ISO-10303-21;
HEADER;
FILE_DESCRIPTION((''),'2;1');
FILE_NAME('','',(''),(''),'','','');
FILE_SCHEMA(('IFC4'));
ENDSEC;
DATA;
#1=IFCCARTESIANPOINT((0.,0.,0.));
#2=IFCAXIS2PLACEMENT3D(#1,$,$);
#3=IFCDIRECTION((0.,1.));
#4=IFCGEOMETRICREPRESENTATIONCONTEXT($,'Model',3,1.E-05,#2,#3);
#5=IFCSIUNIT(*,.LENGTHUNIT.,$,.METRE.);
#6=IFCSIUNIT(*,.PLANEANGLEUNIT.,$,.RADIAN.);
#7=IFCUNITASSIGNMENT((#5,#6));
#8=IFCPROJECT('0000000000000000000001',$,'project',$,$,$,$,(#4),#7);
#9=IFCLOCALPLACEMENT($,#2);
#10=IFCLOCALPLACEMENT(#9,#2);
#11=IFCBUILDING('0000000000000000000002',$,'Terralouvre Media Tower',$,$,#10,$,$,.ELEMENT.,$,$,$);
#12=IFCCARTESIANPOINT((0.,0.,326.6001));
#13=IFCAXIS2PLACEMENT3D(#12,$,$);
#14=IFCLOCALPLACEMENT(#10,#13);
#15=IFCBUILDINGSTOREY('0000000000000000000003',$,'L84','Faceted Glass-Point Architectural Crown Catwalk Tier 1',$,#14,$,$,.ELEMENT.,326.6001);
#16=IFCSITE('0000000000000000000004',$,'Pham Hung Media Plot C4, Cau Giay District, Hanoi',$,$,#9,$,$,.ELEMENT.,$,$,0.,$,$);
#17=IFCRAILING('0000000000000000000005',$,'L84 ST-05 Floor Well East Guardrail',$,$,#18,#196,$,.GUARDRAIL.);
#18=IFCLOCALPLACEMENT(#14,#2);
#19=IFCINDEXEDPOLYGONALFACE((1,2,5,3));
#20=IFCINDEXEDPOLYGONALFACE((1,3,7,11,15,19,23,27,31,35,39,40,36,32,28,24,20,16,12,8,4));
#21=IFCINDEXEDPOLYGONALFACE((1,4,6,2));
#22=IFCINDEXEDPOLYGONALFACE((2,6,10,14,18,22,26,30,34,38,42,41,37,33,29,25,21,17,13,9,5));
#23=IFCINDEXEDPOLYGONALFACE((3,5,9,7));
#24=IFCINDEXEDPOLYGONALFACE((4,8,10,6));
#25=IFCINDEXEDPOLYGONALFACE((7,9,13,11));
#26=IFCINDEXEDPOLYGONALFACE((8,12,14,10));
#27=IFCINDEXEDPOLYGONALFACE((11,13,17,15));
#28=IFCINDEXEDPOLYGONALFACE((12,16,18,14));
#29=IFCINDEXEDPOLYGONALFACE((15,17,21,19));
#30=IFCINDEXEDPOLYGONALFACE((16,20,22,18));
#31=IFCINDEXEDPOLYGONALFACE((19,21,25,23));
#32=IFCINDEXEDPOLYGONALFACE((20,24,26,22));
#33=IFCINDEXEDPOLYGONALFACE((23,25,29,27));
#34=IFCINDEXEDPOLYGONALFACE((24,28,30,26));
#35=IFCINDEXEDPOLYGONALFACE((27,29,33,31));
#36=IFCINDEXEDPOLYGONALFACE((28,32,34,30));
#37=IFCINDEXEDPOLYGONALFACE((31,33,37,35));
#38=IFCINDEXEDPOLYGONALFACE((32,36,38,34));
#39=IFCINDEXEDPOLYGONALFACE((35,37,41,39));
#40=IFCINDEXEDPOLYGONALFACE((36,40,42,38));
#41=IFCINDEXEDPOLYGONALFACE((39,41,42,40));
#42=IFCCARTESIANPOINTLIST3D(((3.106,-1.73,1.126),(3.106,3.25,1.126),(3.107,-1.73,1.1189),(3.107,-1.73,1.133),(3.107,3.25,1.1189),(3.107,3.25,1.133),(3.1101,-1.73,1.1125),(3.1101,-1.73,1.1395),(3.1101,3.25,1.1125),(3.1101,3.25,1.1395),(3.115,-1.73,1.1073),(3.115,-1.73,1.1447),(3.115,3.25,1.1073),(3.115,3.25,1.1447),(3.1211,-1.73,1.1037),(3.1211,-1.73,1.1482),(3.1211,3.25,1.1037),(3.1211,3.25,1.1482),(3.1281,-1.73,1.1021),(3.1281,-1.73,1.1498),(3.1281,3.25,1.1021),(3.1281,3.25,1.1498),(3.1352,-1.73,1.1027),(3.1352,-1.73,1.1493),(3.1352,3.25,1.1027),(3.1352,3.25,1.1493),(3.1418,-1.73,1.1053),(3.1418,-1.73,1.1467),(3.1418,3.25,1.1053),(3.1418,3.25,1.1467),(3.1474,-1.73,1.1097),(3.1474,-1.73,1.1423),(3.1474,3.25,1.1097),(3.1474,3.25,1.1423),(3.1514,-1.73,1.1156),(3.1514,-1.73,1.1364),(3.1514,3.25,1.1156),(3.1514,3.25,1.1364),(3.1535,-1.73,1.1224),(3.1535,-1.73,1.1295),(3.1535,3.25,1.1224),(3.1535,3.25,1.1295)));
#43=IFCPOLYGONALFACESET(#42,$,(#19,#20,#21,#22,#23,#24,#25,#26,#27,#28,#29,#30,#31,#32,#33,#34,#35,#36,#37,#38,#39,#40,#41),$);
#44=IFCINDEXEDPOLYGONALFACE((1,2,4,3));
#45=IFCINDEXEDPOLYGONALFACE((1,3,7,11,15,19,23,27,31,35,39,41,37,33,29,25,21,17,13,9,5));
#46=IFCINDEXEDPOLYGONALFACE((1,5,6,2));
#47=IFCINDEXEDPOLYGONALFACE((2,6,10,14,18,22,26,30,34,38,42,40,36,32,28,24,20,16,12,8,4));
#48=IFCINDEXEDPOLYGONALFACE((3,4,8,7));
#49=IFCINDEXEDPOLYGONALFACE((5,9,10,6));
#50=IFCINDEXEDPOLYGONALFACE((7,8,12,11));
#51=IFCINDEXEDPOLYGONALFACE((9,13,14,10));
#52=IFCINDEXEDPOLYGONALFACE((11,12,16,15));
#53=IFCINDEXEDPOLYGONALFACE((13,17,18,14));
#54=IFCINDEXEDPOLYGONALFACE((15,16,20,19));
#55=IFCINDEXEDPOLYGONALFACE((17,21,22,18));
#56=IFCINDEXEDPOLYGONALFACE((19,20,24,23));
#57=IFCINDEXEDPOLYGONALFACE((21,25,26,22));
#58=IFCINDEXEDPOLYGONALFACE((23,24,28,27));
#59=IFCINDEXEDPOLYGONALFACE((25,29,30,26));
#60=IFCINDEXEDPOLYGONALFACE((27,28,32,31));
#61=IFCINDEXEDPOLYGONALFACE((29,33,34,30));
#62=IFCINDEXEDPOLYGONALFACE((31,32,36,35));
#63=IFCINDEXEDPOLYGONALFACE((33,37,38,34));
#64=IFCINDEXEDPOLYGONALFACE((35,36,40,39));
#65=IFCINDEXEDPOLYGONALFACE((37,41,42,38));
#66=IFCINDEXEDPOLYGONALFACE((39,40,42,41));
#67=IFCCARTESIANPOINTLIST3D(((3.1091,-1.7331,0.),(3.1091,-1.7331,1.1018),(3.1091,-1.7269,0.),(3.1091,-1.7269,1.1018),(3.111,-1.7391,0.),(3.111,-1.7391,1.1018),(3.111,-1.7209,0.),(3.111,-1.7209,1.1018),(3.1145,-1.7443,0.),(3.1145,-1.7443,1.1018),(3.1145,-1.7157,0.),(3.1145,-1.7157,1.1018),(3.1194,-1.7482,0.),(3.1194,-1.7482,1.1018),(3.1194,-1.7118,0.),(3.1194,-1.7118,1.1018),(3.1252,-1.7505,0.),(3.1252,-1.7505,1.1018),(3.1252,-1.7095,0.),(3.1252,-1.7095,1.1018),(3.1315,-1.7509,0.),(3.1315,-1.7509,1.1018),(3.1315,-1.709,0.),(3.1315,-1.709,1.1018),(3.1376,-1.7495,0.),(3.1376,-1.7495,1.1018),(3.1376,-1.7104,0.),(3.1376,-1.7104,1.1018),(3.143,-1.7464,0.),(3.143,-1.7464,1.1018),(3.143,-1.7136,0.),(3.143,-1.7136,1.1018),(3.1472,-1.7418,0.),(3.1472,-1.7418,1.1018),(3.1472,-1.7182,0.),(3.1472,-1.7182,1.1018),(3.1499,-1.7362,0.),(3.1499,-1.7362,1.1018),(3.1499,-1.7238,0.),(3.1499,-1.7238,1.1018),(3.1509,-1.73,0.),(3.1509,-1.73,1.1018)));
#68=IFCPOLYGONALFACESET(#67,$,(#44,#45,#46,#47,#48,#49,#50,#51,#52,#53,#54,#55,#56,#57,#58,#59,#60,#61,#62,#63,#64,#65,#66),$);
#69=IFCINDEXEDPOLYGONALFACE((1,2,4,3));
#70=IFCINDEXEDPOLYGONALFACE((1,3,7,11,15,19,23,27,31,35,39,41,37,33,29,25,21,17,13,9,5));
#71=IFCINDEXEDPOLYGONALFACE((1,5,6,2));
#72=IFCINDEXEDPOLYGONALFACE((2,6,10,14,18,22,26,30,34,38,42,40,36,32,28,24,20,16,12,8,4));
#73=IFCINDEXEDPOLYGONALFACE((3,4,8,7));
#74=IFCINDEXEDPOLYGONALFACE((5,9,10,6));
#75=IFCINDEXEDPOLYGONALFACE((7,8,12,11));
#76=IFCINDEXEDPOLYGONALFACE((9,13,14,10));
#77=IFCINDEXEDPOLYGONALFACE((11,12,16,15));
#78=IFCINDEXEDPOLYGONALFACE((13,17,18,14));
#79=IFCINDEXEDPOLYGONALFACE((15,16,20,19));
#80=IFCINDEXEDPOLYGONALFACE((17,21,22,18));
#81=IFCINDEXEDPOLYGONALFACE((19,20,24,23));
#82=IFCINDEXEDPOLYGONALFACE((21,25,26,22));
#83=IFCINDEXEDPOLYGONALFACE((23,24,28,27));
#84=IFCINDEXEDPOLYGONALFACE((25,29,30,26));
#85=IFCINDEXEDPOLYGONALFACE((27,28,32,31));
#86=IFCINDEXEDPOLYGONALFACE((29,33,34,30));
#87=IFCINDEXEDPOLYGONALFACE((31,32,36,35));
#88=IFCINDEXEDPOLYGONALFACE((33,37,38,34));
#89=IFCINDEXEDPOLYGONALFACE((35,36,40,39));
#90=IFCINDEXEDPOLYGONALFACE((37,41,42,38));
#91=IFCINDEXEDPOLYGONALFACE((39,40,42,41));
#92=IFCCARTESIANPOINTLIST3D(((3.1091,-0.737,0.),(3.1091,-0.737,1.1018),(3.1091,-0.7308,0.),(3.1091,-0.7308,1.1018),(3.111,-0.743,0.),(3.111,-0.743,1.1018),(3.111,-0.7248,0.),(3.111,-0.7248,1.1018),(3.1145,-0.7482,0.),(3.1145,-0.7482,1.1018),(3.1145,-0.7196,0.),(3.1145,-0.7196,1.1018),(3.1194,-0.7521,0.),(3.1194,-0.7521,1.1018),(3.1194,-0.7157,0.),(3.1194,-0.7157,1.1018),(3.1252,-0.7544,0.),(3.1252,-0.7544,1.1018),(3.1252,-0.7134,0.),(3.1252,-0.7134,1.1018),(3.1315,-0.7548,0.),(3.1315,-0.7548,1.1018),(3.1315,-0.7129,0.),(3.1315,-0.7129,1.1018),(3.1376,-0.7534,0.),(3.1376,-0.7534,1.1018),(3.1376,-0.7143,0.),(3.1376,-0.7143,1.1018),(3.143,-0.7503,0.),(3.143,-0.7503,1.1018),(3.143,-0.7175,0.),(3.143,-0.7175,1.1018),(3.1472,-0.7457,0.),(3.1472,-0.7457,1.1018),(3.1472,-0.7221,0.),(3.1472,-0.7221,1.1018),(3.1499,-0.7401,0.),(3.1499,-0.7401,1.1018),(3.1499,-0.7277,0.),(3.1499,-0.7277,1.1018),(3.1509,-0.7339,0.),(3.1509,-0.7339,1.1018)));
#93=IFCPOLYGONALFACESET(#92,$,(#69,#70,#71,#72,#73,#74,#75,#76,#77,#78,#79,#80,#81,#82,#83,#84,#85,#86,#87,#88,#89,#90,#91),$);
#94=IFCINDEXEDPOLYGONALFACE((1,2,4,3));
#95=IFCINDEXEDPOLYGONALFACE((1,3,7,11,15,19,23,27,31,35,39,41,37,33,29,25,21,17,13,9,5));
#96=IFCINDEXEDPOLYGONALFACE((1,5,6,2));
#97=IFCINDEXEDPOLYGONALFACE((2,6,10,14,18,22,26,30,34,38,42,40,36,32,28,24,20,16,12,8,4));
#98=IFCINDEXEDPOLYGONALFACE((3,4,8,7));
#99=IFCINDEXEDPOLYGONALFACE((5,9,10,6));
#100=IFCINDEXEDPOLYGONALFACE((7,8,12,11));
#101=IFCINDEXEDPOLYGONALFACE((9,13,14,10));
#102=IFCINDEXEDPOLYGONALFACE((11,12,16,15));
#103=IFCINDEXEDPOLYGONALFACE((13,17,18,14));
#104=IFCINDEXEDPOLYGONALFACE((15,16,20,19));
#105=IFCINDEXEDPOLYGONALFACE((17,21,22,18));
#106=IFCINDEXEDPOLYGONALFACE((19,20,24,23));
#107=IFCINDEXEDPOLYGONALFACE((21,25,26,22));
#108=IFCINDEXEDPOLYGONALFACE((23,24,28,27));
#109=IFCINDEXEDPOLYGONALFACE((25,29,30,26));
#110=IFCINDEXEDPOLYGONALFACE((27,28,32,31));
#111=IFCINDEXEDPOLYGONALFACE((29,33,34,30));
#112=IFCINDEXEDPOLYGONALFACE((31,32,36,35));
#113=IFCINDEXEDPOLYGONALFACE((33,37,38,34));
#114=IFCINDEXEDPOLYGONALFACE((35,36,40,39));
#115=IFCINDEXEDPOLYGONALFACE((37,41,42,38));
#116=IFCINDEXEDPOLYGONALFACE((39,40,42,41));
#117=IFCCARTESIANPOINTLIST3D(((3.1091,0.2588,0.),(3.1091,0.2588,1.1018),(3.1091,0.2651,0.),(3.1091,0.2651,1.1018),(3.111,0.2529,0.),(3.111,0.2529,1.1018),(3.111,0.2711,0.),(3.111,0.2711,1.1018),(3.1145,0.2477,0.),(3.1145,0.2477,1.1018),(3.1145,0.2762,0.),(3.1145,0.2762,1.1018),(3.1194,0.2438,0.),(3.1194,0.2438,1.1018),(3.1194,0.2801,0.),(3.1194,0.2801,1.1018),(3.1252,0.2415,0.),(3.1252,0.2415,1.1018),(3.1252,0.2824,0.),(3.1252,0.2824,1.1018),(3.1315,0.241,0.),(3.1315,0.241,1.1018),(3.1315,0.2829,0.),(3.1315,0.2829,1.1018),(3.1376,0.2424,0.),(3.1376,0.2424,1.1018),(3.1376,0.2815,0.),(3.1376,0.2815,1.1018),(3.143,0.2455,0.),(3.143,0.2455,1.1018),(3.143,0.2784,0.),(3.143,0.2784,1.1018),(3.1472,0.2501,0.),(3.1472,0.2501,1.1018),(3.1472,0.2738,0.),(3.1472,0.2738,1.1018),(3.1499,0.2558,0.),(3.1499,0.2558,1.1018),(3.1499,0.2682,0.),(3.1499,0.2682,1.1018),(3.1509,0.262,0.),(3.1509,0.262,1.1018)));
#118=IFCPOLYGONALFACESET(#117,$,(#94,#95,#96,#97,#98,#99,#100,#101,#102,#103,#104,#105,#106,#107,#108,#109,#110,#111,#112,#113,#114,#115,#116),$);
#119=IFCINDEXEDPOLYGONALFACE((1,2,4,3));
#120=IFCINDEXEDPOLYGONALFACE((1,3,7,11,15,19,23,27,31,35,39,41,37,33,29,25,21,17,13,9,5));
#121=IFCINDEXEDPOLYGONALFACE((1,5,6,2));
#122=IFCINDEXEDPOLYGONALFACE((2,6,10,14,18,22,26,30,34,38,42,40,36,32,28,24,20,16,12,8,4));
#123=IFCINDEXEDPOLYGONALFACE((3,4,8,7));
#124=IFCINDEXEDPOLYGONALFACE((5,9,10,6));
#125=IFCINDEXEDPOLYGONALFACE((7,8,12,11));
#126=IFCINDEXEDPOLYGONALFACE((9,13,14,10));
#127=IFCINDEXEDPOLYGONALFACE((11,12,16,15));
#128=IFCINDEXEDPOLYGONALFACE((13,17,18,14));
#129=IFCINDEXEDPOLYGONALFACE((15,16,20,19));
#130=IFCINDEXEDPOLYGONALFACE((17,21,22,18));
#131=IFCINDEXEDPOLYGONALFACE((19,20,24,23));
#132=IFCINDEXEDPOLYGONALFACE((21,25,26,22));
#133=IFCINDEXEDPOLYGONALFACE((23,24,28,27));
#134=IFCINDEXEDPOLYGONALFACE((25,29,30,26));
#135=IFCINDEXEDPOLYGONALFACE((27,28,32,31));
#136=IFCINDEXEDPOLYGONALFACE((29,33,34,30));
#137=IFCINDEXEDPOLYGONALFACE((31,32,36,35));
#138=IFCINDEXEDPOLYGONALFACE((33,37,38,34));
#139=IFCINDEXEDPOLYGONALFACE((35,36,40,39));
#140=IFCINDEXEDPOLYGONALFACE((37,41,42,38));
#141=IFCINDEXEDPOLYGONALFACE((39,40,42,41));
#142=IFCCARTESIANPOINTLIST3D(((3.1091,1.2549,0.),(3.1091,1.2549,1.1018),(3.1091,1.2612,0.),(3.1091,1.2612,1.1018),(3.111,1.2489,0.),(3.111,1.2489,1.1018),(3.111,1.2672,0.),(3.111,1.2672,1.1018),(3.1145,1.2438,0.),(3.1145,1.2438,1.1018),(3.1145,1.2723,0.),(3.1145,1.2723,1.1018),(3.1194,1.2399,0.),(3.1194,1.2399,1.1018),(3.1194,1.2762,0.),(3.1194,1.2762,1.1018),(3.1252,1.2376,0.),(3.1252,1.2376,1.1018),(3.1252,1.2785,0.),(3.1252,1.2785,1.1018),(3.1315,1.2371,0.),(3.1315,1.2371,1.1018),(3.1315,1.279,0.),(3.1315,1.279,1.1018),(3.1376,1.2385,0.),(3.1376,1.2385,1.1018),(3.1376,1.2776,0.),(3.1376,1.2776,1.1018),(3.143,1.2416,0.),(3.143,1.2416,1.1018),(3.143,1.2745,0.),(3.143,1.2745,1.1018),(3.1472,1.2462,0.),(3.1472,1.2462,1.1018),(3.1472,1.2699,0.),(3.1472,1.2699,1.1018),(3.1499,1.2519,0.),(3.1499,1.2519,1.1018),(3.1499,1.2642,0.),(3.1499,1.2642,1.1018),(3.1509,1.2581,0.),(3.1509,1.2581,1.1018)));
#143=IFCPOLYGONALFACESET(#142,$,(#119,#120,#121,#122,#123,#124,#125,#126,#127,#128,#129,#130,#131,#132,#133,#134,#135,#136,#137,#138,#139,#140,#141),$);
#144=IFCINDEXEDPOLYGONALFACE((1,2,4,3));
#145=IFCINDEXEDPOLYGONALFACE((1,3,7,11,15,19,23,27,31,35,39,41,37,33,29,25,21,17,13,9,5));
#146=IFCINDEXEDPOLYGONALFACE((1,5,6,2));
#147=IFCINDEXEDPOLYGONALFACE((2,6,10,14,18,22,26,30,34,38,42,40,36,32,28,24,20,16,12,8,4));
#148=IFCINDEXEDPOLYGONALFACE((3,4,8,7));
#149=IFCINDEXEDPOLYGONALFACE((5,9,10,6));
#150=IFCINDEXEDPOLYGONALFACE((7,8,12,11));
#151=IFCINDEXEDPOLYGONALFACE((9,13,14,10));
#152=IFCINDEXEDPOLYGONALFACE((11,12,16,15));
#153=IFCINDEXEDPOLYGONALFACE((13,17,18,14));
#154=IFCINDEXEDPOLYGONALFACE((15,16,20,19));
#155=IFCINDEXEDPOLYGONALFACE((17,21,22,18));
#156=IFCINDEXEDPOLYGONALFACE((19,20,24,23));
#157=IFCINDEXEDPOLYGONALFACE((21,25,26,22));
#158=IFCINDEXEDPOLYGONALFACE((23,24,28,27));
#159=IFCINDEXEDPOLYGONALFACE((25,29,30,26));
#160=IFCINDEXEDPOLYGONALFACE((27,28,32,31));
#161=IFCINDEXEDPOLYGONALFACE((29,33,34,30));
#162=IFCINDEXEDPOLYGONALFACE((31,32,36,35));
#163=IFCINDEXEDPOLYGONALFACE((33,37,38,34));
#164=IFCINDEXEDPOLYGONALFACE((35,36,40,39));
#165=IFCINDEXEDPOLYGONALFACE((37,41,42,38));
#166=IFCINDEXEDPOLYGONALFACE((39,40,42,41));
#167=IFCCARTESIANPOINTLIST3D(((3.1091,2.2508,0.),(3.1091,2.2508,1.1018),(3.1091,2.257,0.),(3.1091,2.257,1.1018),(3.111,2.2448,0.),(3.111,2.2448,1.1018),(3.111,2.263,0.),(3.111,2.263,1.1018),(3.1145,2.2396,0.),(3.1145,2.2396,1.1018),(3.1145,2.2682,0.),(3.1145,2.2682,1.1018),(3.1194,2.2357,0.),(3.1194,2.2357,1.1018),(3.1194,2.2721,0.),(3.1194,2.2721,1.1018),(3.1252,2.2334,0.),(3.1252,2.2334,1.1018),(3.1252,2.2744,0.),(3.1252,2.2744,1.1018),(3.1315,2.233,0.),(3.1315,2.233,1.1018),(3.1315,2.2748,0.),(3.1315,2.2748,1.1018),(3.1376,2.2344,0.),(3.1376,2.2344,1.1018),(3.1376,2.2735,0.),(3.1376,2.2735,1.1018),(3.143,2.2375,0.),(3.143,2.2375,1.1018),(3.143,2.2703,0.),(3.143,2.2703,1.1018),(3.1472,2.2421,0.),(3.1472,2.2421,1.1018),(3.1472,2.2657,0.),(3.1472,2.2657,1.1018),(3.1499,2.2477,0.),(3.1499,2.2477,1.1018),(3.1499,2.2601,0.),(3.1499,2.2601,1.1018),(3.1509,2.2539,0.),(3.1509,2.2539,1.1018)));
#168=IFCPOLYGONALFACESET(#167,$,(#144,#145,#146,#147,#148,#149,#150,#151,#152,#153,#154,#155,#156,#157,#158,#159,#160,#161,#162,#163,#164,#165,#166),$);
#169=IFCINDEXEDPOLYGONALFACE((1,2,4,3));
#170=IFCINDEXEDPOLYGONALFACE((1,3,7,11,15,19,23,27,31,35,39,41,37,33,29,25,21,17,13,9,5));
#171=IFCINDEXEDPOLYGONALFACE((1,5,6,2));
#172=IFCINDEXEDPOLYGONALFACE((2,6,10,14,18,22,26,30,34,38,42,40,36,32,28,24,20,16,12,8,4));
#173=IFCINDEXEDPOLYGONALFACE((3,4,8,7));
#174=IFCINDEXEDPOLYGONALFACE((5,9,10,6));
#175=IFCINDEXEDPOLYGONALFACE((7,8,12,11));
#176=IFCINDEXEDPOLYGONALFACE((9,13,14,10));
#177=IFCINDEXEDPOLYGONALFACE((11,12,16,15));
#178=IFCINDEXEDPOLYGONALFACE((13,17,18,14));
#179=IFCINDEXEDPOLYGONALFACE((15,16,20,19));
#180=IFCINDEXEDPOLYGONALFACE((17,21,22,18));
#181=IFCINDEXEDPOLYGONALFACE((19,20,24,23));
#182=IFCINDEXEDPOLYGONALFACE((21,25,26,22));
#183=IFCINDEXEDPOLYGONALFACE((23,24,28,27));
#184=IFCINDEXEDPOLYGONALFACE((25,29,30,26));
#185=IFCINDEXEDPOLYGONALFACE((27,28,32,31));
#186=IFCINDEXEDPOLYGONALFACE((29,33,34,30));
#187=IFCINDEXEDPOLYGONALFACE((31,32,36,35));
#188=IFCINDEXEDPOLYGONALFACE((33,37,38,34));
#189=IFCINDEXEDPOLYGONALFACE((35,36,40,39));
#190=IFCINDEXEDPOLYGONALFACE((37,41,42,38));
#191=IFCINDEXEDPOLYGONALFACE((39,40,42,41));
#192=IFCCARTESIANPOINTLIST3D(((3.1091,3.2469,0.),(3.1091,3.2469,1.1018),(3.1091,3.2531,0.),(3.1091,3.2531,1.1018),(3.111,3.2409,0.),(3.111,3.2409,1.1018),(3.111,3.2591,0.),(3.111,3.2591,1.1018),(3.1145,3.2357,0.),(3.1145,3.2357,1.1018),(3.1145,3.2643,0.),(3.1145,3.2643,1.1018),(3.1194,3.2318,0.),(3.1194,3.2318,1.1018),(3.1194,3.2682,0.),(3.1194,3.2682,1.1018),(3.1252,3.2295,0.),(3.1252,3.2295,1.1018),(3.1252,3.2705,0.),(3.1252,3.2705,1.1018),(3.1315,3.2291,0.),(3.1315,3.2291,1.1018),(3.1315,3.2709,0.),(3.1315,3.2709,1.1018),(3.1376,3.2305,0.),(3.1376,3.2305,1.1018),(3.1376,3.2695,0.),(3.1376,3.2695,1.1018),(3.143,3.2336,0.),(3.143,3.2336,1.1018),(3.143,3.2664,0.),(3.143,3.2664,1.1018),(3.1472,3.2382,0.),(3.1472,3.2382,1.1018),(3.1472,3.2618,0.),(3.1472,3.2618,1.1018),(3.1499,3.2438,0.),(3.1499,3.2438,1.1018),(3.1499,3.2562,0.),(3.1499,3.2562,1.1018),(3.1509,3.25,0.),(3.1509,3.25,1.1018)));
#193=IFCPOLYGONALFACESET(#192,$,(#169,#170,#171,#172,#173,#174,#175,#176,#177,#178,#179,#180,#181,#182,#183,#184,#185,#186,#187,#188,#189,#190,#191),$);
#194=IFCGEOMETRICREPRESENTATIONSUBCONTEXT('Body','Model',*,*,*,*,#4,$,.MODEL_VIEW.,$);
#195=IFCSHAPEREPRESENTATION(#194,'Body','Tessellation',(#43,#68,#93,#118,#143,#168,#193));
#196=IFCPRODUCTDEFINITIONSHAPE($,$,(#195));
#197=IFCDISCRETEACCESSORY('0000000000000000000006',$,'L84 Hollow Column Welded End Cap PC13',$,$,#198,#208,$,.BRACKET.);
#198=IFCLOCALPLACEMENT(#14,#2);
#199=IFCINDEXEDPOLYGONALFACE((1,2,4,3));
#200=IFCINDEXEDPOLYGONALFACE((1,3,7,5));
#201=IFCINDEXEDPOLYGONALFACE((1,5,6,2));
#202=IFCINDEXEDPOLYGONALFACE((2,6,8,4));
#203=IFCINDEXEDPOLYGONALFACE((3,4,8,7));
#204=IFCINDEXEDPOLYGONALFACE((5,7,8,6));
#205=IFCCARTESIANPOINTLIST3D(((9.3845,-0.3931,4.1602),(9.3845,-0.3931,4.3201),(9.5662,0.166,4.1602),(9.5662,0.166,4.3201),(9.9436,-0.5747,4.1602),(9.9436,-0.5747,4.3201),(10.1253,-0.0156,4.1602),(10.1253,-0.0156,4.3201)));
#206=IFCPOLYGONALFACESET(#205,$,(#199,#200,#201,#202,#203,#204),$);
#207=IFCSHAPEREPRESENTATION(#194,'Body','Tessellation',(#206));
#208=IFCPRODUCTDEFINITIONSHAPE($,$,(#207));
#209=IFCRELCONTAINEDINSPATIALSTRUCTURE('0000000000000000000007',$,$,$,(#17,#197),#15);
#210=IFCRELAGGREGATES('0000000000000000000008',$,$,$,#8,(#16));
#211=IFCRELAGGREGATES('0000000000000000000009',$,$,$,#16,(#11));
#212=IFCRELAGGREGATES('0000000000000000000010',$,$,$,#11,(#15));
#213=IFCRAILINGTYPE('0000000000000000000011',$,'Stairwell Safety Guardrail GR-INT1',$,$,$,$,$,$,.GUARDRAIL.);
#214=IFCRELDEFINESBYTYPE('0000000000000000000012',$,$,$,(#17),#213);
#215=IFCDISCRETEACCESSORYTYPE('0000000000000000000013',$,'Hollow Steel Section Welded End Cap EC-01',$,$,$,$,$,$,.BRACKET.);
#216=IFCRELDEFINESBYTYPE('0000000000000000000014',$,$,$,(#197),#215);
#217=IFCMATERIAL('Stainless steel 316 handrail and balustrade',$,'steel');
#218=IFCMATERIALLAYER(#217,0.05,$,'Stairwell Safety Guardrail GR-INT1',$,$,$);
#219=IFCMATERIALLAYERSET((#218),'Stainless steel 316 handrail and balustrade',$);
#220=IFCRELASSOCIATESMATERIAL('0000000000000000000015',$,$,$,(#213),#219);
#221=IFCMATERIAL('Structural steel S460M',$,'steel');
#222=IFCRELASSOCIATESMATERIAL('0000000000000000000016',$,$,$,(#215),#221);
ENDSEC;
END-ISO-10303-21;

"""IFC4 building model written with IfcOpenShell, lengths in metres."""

from ifc_helpers import new_model, si_unit, direction, frame, origin, origin_2d, place, context, subcontext, project, spatial, rectangle, circle, extrude, material, layer, layer_set, type_object, element, save


model = new_model("IFC4")

# Units and contexts
model_context = context("Model", 3, precision=1e-05, world=origin(), true_north=direction((0.0, 1.0)))
body_context = subcontext(model_context, "Body", "Model", "MODEL_VIEW")
ifc_project = project(units=[si_unit("LENGTHUNIT", "METRE"), si_unit("PLANEANGLEUNIT", "RADIAN")], contexts=[model_context])

# Site, building, storey
site_placement = place(None, origin())
site = spatial("IfcSite", under=ifc_project, at=site_placement, Name="Pham Hung Media Plot C4, Cau Giay District, Hanoi", CompositionType="ELEMENT", RefElevation=0.0)
building_placement = place(site_placement, origin())
building = spatial("IfcBuilding", under=site, at=building_placement, Name="Terralouvre Media Tower", CompositionType="ELEMENT")
storey_placement = place(building_placement, frame((0.0, 0.0, 326.6001)))
storey = spatial("IfcBuildingStorey", under=building, at=storey_placement, Name="L84", Description="Faceted Glass-Point Architectural Crown Catwalk Tier 1", CompositionType="ELEMENT", Elevation=326.6001)

# Railing
ifc_material_1 = material(Name="Stainless steel 316 handrail and balustrade", Category="steel")
ifc_layer_1 = layer(ifc_material_1, 0.05, Name="Stairwell Safety Guardrail GR-INT1")
ifc_layer_set_1 = layer_set([ifc_layer_1], Name="Stainless steel 316 handrail and balustrade")
railing_type_1 = type_object("IfcRailingType", Name="Stairwell Safety Guardrail GR-INT1", PredefinedType="GUARDRAIL", material=ifc_layer_set_1)
railing_1_placement = place(storey_placement, frame((3.1299, -1.73, 0.0)))
element("IfcRailing", 1, at=railing_1_placement, inside=storey, type_object=railing_type_1, Name="L84 ST-05 Floor Well East Guardrail", PredefinedType="GUARDRAIL", context=body_context, shape_type="SweptSolid", body=[
    extrude(circle(Radius=0.0239, at=origin_2d()), frame((0.0, 0.0, 1.126), z_axis=(0.0, 1.0, 0.0), x_axis=(-1.0, 0.0, 0.0)), (0.0, 0.0, 1.0), 4.98),
    extrude(circle(Radius=0.021, at=origin_2d()), origin(), (0.0, 0.0, 1.0), 1.1018),
    extrude(circle(Radius=0.021, at=origin_2d()), frame((0.0, 0.9961, 0.0)), (0.0, 0.0, 1.0), 1.1018),
    extrude(circle(Radius=0.021, at=origin_2d()), frame((0.0, 1.9919, 0.0)), (0.0, 0.0, 1.0), 1.1018),
    extrude(circle(Radius=0.021, at=origin_2d()), frame((0.0, 2.988, 0.0)), (0.0, 0.0, 1.0), 1.1018),
    extrude(circle(Radius=0.021, at=origin_2d()), frame((0.0, 3.9839, 0.0)), (0.0, 0.0, 1.0), 1.1018),
    extrude(circle(Radius=0.021, at=origin_2d()), frame((0.0, 4.98, 0.0)), (0.0, 0.0, 1.0), 1.1018),
])

# Discrete accessory
ifc_material_2 = material(Name="Structural steel S460M", Category="steel")
discrete_accessory_type_1 = type_object("IfcDiscreteAccessoryType", Name="Hollow Steel Section Welded End Cap EC-01", PredefinedType="BRACKET", material=ifc_material_2)
discrete_accessory_1_placement = place(storey_placement, frame((9.7549, -0.2043, 4.1602), z_axis=(0.0, 0.0, 1.0), x_axis=(0.309017, 0.951057, 0.0)))
element("IfcDiscreteAccessory", 2, at=discrete_accessory_1_placement, inside=storey, type_object=discrete_accessory_type_1, Name="L84 Hollow Column Welded End Cap PC13", PredefinedType="BRACKET", context=body_context, shape_type="SweptSolid", body=[
    extrude(rectangle(XDim=0.5879, YDim=0.5879, at=origin_2d()), origin(), (0.0, 0.0, 1.0), 0.1599),
])

save(model, "model.ifc")
